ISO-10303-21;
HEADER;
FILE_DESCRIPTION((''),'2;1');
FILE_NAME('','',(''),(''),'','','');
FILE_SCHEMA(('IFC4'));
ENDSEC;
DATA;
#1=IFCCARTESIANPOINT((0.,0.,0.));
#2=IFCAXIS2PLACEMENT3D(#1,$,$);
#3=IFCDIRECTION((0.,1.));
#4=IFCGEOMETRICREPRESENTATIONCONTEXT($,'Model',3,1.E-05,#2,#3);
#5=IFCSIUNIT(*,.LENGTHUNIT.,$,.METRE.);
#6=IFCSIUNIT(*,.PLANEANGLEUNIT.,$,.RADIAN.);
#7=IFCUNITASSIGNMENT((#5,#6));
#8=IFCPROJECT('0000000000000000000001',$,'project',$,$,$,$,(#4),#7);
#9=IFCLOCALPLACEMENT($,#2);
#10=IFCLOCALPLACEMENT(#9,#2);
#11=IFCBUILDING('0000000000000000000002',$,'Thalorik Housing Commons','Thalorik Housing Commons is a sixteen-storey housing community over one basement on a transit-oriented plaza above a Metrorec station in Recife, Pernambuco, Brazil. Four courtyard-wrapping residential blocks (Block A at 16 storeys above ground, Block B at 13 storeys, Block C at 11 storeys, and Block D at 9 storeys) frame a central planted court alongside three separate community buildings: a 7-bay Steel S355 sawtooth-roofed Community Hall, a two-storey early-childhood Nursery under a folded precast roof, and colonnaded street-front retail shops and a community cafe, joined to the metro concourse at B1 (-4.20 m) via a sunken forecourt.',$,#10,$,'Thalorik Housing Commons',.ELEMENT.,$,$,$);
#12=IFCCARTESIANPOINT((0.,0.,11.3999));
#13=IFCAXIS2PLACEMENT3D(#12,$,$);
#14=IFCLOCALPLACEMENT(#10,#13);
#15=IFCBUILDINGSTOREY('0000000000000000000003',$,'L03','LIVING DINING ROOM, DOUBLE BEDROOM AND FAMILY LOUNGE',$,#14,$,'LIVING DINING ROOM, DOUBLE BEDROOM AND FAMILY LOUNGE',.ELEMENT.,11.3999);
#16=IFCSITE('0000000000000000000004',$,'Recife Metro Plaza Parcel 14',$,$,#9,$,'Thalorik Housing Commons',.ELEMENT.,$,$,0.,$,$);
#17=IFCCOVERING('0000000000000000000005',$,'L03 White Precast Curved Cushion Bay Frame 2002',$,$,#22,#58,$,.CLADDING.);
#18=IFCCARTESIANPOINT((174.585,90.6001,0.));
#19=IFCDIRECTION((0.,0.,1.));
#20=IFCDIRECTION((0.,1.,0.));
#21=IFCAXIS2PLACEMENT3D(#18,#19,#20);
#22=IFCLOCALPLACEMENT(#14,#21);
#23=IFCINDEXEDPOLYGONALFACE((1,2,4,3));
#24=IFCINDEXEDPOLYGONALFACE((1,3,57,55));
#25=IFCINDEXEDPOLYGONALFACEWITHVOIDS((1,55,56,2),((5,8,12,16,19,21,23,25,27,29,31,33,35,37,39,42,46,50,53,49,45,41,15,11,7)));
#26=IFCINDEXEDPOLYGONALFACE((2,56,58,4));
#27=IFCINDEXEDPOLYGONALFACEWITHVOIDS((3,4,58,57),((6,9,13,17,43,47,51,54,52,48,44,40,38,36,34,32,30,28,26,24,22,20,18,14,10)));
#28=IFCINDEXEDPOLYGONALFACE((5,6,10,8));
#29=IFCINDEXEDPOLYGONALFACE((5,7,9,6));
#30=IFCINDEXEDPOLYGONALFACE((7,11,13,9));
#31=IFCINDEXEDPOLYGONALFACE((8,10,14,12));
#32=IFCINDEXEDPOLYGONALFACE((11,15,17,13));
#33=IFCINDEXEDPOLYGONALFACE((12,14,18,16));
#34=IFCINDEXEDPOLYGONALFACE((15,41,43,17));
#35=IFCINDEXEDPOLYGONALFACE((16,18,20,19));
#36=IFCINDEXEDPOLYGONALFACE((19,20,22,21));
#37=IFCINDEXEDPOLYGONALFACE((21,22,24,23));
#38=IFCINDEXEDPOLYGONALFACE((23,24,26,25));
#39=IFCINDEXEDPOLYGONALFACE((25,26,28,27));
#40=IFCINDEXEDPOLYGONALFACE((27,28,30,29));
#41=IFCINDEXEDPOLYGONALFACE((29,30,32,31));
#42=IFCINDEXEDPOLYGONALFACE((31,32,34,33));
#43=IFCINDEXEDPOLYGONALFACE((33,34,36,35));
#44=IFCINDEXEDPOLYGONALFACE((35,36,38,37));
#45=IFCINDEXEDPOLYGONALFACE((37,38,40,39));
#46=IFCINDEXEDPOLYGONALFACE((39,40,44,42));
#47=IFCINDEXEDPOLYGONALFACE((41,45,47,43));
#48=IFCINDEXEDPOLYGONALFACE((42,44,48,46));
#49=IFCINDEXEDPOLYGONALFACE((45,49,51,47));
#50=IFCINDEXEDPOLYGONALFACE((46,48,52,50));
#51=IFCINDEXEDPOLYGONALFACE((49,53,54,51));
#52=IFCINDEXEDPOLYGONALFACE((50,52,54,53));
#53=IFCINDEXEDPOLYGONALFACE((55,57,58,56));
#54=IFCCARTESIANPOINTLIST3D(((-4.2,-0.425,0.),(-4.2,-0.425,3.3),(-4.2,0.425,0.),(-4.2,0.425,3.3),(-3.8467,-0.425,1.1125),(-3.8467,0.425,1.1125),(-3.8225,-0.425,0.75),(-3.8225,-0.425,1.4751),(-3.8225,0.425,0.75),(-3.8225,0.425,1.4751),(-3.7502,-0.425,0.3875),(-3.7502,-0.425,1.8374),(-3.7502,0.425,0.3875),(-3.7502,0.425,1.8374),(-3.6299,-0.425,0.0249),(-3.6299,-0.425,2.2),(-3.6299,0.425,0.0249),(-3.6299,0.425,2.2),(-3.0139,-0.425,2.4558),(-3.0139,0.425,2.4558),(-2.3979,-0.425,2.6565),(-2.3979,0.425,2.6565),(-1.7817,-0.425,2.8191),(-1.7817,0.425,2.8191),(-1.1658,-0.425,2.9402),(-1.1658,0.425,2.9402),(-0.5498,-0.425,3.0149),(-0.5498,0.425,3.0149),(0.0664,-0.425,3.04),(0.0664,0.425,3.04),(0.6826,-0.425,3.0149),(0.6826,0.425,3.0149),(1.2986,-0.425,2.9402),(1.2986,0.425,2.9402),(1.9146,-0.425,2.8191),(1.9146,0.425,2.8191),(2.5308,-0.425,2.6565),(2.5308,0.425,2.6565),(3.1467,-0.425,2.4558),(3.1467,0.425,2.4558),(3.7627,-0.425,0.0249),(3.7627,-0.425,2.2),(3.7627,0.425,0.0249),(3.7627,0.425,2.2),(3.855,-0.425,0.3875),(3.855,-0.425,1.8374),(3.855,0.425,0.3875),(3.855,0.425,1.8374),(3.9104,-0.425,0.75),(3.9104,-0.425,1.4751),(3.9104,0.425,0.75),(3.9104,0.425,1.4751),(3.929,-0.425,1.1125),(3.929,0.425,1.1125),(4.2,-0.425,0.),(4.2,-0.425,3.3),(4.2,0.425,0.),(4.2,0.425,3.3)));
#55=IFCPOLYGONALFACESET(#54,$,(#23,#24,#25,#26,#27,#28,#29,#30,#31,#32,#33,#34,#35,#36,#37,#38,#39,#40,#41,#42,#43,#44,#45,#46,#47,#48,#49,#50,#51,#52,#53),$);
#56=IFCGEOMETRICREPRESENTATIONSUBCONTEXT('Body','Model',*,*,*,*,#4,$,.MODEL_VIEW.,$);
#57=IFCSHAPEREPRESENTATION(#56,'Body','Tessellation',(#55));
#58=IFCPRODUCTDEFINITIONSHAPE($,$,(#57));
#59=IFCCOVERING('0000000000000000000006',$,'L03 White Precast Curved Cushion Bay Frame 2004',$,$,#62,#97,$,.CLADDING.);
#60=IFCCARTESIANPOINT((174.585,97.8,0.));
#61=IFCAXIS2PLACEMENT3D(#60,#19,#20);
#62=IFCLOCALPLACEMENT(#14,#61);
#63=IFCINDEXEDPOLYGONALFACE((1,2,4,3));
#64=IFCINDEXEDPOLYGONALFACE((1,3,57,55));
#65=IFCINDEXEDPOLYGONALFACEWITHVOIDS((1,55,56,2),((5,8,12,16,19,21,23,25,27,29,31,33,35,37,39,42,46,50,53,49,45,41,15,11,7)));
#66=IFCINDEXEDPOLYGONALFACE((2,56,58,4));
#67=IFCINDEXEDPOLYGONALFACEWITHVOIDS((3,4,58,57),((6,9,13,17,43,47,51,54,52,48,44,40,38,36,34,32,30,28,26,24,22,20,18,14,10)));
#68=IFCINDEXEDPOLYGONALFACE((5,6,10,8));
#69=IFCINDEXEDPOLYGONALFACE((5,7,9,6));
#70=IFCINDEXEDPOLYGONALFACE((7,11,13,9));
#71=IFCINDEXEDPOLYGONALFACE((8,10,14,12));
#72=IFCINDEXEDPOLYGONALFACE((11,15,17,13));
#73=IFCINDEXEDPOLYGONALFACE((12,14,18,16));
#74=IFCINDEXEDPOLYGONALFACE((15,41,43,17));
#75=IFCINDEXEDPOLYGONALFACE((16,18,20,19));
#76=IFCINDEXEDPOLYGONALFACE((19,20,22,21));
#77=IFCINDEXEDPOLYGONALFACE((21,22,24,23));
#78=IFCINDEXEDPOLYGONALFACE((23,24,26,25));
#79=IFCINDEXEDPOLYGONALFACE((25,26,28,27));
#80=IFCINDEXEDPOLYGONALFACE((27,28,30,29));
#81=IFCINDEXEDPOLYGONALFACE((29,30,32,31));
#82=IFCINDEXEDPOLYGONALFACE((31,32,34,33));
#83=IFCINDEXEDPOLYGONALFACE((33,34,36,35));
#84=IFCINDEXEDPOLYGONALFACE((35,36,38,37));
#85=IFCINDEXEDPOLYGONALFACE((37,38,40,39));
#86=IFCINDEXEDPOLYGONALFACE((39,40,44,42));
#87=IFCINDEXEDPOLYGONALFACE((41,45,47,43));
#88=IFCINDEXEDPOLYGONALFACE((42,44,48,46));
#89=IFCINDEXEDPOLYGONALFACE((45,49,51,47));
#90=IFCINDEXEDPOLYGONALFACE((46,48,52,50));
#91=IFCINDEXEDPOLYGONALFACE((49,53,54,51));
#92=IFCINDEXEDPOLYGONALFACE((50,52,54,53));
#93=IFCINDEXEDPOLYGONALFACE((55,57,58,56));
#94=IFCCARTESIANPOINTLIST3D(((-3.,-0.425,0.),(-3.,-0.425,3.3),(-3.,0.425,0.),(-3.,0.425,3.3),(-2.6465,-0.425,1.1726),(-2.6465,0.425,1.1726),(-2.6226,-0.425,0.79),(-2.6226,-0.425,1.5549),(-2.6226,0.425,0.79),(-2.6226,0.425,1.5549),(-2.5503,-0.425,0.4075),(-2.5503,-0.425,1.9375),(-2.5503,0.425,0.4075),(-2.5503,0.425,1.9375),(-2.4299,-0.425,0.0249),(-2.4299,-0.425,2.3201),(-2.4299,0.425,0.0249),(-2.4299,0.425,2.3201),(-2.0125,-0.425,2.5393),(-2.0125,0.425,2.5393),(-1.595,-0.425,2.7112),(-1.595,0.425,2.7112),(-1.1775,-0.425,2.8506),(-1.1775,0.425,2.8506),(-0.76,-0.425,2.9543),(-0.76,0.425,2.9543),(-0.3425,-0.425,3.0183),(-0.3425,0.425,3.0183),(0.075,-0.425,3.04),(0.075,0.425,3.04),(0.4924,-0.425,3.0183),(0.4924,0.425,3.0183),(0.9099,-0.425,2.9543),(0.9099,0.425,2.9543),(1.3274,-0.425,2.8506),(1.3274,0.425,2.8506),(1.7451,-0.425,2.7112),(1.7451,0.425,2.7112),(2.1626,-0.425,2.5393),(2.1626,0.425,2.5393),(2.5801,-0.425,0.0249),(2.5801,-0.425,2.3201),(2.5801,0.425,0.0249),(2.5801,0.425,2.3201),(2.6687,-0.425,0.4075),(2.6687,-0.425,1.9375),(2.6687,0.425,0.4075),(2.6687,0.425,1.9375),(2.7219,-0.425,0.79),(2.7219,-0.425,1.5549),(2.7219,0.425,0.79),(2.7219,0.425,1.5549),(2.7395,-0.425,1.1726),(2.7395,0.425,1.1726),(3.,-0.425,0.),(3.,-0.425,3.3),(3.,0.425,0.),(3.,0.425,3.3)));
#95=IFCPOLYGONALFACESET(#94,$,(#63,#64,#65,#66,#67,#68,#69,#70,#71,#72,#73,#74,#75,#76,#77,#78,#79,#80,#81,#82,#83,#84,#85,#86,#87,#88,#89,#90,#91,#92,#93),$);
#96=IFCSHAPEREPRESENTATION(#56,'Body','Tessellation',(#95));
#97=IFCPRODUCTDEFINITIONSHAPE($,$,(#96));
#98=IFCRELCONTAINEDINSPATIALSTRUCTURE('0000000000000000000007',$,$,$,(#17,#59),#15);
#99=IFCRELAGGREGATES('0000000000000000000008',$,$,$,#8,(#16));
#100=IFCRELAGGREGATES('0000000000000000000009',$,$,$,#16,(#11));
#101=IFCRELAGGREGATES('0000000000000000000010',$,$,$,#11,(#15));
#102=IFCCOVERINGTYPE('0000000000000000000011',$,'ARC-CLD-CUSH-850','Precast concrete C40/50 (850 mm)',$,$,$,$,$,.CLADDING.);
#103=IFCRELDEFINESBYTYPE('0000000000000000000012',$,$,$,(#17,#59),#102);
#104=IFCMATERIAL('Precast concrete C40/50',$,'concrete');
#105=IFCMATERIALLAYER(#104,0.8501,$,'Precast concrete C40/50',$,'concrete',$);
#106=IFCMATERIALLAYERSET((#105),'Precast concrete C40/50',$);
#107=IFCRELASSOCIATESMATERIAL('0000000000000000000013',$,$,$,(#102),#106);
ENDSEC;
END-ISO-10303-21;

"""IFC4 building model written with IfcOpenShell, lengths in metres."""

from ifc_helpers import new_model, si_unit, direction, frame, origin, place, context, subcontext, project, spatial, polyline, outline, extrude, material, layer, layer_set, type_object, element, save


model = new_model("IFC4")

# Units and contexts
model_context = context("Model", 3, precision=1e-05, world=origin(), true_north=direction((0.0, 1.0)))
body_context = subcontext(model_context, "Body", "Model", "MODEL_VIEW")
ifc_project = project(units=[si_unit("LENGTHUNIT", "METRE"), si_unit("PLANEANGLEUNIT", "RADIAN")], contexts=[model_context])

# Site, building, storey
site_placement = place(None, origin())
site = spatial("IfcSite", under=ifc_project, at=site_placement, Name="Recife Metro Plaza Parcel 14", LongName="Thalorik Housing Commons", CompositionType="ELEMENT", RefElevation=0.0)
building_placement = place(site_placement, origin())
building = spatial("IfcBuilding", under=site, at=building_placement, Name="Thalorik Housing Commons", Description="Thalorik Housing Commons is a sixteen-storey housing community over one basement on a transit-oriented plaza above a Metrorec station in Recife, Pernambuco, Brazil. Four courtyard-wrapping residential blocks (Block A at 16 storeys above ground, Block B at 13 storeys, Block C at 11 storeys, and Block D at 9 storeys) frame a central planted court alongside three separate community buildings: a 7-bay Steel S355 sawtooth-roofed Community Hall, a two-storey early-childhood Nursery under a folded precast roof, and colonnaded street-front retail shops and a community cafe, joined to the metro concourse at B1 (-4.20 m) via a sunken forecourt.", LongName="Thalorik Housing Commons", CompositionType="ELEMENT")
storey_placement = place(building_placement, frame((0.0, 0.0, 11.3999)))
storey = spatial("IfcBuildingStorey", under=building, at=storey_placement, Name="L03", Description="LIVING DINING ROOM, DOUBLE BEDROOM AND FAMILY LOUNGE", LongName="LIVING DINING ROOM, DOUBLE BEDROOM AND FAMILY LOUNGE", CompositionType="ELEMENT", Elevation=11.3999)

# Shared definitions
ifc_material_1 = material(Name="Precast concrete C40/50", Category="concrete")

# Coverings
ifc_layer_1 = layer(ifc_material_1, 0.8501, Name="Precast concrete C40/50", Category="concrete")
ifc_layer_set_1 = layer_set([ifc_layer_1], Name="Precast concrete C40/50")
covering_type_1 = type_object("IfcCoveringType", Name="ARC-CLD-CUSH-850", Description="Precast concrete C40/50 (850 mm)", PredefinedType="CLADDING", material=ifc_layer_set_1)
covering_1_placement = place(storey_placement, frame((174.585, 90.6001, 0.0), z_axis=(0.0, 0.0, 1.0), x_axis=(0.0, 1.0, 0.0)))
element("IfcCovering", 1, at=covering_1_placement, inside=storey, type_object=covering_type_1, Name="L03 White Precast Curved Cushion Bay Frame 2002", PredefinedType="CLADDING", context=body_context, shape_type="SweptSolid", body=[
    extrude(outline(polyline([(-4.2, 0.0), (4.2, 0.0), (4.2, 3.3), (-4.2, 3.3), (-4.2, 0.0)]), holes=[polyline([(3.7627, 0.0249), (3.855, 0.3875), (3.9104, 0.75), (3.929, 1.1125), (3.9104, 1.4751), (3.855, 1.8374), (3.7627, 2.2), (3.1467, 2.4558), (2.5308, 2.6565), (1.9146, 2.8191), (1.2986, 2.9402), (0.6826, 3.0149), (0.0664, 3.04), (-0.5498, 3.0149), (-1.1658, 2.9402), (-1.7817, 2.8191), (-2.3979, 2.6565), (-3.0139, 2.4558), (-3.6299, 2.2), (-3.7502, 1.8374), (-3.8225, 1.4751), (-3.8467, 1.1125), (-3.8225, 0.75), (-3.7502, 0.3875), (-3.6299, 0.0249), (3.7627, 0.0249)])]), frame((0.0, 0.425, 0.0), z_axis=(0.0, -1.0, 0.0), x_axis=(1.0, 0.0, 0.0)), (0.0, 0.0, 1.0), 0.8501),
])
covering_2_placement = place(storey_placement, frame((174.585, 97.8, 0.0), z_axis=(0.0, 0.0, 1.0), x_axis=(0.0, 1.0, 0.0)))
element("IfcCovering", 2, at=covering_2_placement, inside=storey, type_object=covering_type_1, Name="L03 White Precast Curved Cushion Bay Frame 2004", PredefinedType="CLADDING", context=body_context, shape_type="SweptSolid", body=[
    extrude(outline(polyline([(-3.0, 0.0), (3.0, 0.0), (3.0, 3.3), (-3.0, 3.3), (-3.0, 0.0)]), holes=[polyline([(2.5801, 0.0249), (2.6687, 0.4075), (2.7219, 0.79), (2.7395, 1.1726), (2.7219, 1.5549), (2.6687, 1.9375), (2.5801, 2.3201), (2.1626, 2.5393), (1.7451, 2.7112), (1.3274, 2.8506), (0.9099, 2.9543), (0.4924, 3.0183), (0.075, 3.04), (-0.3425, 3.0183), (-0.76, 2.9543), (-1.1775, 2.8506), (-1.595, 2.7112), (-2.0125, 2.5393), (-2.4299, 2.3201), (-2.5503, 1.9375), (-2.6226, 1.5549), (-2.6465, 1.1726), (-2.6226, 0.79), (-2.5503, 0.4075), (-2.4299, 0.0249), (2.5801, 0.0249)])]), frame((0.0, 0.425, 0.0), z_axis=(0.0, -1.0, 0.0), x_axis=(1.0, 0.0, 0.0)), (0.0, 0.0, 1.0), 0.8501),
])

save(model, "model.ifc")
